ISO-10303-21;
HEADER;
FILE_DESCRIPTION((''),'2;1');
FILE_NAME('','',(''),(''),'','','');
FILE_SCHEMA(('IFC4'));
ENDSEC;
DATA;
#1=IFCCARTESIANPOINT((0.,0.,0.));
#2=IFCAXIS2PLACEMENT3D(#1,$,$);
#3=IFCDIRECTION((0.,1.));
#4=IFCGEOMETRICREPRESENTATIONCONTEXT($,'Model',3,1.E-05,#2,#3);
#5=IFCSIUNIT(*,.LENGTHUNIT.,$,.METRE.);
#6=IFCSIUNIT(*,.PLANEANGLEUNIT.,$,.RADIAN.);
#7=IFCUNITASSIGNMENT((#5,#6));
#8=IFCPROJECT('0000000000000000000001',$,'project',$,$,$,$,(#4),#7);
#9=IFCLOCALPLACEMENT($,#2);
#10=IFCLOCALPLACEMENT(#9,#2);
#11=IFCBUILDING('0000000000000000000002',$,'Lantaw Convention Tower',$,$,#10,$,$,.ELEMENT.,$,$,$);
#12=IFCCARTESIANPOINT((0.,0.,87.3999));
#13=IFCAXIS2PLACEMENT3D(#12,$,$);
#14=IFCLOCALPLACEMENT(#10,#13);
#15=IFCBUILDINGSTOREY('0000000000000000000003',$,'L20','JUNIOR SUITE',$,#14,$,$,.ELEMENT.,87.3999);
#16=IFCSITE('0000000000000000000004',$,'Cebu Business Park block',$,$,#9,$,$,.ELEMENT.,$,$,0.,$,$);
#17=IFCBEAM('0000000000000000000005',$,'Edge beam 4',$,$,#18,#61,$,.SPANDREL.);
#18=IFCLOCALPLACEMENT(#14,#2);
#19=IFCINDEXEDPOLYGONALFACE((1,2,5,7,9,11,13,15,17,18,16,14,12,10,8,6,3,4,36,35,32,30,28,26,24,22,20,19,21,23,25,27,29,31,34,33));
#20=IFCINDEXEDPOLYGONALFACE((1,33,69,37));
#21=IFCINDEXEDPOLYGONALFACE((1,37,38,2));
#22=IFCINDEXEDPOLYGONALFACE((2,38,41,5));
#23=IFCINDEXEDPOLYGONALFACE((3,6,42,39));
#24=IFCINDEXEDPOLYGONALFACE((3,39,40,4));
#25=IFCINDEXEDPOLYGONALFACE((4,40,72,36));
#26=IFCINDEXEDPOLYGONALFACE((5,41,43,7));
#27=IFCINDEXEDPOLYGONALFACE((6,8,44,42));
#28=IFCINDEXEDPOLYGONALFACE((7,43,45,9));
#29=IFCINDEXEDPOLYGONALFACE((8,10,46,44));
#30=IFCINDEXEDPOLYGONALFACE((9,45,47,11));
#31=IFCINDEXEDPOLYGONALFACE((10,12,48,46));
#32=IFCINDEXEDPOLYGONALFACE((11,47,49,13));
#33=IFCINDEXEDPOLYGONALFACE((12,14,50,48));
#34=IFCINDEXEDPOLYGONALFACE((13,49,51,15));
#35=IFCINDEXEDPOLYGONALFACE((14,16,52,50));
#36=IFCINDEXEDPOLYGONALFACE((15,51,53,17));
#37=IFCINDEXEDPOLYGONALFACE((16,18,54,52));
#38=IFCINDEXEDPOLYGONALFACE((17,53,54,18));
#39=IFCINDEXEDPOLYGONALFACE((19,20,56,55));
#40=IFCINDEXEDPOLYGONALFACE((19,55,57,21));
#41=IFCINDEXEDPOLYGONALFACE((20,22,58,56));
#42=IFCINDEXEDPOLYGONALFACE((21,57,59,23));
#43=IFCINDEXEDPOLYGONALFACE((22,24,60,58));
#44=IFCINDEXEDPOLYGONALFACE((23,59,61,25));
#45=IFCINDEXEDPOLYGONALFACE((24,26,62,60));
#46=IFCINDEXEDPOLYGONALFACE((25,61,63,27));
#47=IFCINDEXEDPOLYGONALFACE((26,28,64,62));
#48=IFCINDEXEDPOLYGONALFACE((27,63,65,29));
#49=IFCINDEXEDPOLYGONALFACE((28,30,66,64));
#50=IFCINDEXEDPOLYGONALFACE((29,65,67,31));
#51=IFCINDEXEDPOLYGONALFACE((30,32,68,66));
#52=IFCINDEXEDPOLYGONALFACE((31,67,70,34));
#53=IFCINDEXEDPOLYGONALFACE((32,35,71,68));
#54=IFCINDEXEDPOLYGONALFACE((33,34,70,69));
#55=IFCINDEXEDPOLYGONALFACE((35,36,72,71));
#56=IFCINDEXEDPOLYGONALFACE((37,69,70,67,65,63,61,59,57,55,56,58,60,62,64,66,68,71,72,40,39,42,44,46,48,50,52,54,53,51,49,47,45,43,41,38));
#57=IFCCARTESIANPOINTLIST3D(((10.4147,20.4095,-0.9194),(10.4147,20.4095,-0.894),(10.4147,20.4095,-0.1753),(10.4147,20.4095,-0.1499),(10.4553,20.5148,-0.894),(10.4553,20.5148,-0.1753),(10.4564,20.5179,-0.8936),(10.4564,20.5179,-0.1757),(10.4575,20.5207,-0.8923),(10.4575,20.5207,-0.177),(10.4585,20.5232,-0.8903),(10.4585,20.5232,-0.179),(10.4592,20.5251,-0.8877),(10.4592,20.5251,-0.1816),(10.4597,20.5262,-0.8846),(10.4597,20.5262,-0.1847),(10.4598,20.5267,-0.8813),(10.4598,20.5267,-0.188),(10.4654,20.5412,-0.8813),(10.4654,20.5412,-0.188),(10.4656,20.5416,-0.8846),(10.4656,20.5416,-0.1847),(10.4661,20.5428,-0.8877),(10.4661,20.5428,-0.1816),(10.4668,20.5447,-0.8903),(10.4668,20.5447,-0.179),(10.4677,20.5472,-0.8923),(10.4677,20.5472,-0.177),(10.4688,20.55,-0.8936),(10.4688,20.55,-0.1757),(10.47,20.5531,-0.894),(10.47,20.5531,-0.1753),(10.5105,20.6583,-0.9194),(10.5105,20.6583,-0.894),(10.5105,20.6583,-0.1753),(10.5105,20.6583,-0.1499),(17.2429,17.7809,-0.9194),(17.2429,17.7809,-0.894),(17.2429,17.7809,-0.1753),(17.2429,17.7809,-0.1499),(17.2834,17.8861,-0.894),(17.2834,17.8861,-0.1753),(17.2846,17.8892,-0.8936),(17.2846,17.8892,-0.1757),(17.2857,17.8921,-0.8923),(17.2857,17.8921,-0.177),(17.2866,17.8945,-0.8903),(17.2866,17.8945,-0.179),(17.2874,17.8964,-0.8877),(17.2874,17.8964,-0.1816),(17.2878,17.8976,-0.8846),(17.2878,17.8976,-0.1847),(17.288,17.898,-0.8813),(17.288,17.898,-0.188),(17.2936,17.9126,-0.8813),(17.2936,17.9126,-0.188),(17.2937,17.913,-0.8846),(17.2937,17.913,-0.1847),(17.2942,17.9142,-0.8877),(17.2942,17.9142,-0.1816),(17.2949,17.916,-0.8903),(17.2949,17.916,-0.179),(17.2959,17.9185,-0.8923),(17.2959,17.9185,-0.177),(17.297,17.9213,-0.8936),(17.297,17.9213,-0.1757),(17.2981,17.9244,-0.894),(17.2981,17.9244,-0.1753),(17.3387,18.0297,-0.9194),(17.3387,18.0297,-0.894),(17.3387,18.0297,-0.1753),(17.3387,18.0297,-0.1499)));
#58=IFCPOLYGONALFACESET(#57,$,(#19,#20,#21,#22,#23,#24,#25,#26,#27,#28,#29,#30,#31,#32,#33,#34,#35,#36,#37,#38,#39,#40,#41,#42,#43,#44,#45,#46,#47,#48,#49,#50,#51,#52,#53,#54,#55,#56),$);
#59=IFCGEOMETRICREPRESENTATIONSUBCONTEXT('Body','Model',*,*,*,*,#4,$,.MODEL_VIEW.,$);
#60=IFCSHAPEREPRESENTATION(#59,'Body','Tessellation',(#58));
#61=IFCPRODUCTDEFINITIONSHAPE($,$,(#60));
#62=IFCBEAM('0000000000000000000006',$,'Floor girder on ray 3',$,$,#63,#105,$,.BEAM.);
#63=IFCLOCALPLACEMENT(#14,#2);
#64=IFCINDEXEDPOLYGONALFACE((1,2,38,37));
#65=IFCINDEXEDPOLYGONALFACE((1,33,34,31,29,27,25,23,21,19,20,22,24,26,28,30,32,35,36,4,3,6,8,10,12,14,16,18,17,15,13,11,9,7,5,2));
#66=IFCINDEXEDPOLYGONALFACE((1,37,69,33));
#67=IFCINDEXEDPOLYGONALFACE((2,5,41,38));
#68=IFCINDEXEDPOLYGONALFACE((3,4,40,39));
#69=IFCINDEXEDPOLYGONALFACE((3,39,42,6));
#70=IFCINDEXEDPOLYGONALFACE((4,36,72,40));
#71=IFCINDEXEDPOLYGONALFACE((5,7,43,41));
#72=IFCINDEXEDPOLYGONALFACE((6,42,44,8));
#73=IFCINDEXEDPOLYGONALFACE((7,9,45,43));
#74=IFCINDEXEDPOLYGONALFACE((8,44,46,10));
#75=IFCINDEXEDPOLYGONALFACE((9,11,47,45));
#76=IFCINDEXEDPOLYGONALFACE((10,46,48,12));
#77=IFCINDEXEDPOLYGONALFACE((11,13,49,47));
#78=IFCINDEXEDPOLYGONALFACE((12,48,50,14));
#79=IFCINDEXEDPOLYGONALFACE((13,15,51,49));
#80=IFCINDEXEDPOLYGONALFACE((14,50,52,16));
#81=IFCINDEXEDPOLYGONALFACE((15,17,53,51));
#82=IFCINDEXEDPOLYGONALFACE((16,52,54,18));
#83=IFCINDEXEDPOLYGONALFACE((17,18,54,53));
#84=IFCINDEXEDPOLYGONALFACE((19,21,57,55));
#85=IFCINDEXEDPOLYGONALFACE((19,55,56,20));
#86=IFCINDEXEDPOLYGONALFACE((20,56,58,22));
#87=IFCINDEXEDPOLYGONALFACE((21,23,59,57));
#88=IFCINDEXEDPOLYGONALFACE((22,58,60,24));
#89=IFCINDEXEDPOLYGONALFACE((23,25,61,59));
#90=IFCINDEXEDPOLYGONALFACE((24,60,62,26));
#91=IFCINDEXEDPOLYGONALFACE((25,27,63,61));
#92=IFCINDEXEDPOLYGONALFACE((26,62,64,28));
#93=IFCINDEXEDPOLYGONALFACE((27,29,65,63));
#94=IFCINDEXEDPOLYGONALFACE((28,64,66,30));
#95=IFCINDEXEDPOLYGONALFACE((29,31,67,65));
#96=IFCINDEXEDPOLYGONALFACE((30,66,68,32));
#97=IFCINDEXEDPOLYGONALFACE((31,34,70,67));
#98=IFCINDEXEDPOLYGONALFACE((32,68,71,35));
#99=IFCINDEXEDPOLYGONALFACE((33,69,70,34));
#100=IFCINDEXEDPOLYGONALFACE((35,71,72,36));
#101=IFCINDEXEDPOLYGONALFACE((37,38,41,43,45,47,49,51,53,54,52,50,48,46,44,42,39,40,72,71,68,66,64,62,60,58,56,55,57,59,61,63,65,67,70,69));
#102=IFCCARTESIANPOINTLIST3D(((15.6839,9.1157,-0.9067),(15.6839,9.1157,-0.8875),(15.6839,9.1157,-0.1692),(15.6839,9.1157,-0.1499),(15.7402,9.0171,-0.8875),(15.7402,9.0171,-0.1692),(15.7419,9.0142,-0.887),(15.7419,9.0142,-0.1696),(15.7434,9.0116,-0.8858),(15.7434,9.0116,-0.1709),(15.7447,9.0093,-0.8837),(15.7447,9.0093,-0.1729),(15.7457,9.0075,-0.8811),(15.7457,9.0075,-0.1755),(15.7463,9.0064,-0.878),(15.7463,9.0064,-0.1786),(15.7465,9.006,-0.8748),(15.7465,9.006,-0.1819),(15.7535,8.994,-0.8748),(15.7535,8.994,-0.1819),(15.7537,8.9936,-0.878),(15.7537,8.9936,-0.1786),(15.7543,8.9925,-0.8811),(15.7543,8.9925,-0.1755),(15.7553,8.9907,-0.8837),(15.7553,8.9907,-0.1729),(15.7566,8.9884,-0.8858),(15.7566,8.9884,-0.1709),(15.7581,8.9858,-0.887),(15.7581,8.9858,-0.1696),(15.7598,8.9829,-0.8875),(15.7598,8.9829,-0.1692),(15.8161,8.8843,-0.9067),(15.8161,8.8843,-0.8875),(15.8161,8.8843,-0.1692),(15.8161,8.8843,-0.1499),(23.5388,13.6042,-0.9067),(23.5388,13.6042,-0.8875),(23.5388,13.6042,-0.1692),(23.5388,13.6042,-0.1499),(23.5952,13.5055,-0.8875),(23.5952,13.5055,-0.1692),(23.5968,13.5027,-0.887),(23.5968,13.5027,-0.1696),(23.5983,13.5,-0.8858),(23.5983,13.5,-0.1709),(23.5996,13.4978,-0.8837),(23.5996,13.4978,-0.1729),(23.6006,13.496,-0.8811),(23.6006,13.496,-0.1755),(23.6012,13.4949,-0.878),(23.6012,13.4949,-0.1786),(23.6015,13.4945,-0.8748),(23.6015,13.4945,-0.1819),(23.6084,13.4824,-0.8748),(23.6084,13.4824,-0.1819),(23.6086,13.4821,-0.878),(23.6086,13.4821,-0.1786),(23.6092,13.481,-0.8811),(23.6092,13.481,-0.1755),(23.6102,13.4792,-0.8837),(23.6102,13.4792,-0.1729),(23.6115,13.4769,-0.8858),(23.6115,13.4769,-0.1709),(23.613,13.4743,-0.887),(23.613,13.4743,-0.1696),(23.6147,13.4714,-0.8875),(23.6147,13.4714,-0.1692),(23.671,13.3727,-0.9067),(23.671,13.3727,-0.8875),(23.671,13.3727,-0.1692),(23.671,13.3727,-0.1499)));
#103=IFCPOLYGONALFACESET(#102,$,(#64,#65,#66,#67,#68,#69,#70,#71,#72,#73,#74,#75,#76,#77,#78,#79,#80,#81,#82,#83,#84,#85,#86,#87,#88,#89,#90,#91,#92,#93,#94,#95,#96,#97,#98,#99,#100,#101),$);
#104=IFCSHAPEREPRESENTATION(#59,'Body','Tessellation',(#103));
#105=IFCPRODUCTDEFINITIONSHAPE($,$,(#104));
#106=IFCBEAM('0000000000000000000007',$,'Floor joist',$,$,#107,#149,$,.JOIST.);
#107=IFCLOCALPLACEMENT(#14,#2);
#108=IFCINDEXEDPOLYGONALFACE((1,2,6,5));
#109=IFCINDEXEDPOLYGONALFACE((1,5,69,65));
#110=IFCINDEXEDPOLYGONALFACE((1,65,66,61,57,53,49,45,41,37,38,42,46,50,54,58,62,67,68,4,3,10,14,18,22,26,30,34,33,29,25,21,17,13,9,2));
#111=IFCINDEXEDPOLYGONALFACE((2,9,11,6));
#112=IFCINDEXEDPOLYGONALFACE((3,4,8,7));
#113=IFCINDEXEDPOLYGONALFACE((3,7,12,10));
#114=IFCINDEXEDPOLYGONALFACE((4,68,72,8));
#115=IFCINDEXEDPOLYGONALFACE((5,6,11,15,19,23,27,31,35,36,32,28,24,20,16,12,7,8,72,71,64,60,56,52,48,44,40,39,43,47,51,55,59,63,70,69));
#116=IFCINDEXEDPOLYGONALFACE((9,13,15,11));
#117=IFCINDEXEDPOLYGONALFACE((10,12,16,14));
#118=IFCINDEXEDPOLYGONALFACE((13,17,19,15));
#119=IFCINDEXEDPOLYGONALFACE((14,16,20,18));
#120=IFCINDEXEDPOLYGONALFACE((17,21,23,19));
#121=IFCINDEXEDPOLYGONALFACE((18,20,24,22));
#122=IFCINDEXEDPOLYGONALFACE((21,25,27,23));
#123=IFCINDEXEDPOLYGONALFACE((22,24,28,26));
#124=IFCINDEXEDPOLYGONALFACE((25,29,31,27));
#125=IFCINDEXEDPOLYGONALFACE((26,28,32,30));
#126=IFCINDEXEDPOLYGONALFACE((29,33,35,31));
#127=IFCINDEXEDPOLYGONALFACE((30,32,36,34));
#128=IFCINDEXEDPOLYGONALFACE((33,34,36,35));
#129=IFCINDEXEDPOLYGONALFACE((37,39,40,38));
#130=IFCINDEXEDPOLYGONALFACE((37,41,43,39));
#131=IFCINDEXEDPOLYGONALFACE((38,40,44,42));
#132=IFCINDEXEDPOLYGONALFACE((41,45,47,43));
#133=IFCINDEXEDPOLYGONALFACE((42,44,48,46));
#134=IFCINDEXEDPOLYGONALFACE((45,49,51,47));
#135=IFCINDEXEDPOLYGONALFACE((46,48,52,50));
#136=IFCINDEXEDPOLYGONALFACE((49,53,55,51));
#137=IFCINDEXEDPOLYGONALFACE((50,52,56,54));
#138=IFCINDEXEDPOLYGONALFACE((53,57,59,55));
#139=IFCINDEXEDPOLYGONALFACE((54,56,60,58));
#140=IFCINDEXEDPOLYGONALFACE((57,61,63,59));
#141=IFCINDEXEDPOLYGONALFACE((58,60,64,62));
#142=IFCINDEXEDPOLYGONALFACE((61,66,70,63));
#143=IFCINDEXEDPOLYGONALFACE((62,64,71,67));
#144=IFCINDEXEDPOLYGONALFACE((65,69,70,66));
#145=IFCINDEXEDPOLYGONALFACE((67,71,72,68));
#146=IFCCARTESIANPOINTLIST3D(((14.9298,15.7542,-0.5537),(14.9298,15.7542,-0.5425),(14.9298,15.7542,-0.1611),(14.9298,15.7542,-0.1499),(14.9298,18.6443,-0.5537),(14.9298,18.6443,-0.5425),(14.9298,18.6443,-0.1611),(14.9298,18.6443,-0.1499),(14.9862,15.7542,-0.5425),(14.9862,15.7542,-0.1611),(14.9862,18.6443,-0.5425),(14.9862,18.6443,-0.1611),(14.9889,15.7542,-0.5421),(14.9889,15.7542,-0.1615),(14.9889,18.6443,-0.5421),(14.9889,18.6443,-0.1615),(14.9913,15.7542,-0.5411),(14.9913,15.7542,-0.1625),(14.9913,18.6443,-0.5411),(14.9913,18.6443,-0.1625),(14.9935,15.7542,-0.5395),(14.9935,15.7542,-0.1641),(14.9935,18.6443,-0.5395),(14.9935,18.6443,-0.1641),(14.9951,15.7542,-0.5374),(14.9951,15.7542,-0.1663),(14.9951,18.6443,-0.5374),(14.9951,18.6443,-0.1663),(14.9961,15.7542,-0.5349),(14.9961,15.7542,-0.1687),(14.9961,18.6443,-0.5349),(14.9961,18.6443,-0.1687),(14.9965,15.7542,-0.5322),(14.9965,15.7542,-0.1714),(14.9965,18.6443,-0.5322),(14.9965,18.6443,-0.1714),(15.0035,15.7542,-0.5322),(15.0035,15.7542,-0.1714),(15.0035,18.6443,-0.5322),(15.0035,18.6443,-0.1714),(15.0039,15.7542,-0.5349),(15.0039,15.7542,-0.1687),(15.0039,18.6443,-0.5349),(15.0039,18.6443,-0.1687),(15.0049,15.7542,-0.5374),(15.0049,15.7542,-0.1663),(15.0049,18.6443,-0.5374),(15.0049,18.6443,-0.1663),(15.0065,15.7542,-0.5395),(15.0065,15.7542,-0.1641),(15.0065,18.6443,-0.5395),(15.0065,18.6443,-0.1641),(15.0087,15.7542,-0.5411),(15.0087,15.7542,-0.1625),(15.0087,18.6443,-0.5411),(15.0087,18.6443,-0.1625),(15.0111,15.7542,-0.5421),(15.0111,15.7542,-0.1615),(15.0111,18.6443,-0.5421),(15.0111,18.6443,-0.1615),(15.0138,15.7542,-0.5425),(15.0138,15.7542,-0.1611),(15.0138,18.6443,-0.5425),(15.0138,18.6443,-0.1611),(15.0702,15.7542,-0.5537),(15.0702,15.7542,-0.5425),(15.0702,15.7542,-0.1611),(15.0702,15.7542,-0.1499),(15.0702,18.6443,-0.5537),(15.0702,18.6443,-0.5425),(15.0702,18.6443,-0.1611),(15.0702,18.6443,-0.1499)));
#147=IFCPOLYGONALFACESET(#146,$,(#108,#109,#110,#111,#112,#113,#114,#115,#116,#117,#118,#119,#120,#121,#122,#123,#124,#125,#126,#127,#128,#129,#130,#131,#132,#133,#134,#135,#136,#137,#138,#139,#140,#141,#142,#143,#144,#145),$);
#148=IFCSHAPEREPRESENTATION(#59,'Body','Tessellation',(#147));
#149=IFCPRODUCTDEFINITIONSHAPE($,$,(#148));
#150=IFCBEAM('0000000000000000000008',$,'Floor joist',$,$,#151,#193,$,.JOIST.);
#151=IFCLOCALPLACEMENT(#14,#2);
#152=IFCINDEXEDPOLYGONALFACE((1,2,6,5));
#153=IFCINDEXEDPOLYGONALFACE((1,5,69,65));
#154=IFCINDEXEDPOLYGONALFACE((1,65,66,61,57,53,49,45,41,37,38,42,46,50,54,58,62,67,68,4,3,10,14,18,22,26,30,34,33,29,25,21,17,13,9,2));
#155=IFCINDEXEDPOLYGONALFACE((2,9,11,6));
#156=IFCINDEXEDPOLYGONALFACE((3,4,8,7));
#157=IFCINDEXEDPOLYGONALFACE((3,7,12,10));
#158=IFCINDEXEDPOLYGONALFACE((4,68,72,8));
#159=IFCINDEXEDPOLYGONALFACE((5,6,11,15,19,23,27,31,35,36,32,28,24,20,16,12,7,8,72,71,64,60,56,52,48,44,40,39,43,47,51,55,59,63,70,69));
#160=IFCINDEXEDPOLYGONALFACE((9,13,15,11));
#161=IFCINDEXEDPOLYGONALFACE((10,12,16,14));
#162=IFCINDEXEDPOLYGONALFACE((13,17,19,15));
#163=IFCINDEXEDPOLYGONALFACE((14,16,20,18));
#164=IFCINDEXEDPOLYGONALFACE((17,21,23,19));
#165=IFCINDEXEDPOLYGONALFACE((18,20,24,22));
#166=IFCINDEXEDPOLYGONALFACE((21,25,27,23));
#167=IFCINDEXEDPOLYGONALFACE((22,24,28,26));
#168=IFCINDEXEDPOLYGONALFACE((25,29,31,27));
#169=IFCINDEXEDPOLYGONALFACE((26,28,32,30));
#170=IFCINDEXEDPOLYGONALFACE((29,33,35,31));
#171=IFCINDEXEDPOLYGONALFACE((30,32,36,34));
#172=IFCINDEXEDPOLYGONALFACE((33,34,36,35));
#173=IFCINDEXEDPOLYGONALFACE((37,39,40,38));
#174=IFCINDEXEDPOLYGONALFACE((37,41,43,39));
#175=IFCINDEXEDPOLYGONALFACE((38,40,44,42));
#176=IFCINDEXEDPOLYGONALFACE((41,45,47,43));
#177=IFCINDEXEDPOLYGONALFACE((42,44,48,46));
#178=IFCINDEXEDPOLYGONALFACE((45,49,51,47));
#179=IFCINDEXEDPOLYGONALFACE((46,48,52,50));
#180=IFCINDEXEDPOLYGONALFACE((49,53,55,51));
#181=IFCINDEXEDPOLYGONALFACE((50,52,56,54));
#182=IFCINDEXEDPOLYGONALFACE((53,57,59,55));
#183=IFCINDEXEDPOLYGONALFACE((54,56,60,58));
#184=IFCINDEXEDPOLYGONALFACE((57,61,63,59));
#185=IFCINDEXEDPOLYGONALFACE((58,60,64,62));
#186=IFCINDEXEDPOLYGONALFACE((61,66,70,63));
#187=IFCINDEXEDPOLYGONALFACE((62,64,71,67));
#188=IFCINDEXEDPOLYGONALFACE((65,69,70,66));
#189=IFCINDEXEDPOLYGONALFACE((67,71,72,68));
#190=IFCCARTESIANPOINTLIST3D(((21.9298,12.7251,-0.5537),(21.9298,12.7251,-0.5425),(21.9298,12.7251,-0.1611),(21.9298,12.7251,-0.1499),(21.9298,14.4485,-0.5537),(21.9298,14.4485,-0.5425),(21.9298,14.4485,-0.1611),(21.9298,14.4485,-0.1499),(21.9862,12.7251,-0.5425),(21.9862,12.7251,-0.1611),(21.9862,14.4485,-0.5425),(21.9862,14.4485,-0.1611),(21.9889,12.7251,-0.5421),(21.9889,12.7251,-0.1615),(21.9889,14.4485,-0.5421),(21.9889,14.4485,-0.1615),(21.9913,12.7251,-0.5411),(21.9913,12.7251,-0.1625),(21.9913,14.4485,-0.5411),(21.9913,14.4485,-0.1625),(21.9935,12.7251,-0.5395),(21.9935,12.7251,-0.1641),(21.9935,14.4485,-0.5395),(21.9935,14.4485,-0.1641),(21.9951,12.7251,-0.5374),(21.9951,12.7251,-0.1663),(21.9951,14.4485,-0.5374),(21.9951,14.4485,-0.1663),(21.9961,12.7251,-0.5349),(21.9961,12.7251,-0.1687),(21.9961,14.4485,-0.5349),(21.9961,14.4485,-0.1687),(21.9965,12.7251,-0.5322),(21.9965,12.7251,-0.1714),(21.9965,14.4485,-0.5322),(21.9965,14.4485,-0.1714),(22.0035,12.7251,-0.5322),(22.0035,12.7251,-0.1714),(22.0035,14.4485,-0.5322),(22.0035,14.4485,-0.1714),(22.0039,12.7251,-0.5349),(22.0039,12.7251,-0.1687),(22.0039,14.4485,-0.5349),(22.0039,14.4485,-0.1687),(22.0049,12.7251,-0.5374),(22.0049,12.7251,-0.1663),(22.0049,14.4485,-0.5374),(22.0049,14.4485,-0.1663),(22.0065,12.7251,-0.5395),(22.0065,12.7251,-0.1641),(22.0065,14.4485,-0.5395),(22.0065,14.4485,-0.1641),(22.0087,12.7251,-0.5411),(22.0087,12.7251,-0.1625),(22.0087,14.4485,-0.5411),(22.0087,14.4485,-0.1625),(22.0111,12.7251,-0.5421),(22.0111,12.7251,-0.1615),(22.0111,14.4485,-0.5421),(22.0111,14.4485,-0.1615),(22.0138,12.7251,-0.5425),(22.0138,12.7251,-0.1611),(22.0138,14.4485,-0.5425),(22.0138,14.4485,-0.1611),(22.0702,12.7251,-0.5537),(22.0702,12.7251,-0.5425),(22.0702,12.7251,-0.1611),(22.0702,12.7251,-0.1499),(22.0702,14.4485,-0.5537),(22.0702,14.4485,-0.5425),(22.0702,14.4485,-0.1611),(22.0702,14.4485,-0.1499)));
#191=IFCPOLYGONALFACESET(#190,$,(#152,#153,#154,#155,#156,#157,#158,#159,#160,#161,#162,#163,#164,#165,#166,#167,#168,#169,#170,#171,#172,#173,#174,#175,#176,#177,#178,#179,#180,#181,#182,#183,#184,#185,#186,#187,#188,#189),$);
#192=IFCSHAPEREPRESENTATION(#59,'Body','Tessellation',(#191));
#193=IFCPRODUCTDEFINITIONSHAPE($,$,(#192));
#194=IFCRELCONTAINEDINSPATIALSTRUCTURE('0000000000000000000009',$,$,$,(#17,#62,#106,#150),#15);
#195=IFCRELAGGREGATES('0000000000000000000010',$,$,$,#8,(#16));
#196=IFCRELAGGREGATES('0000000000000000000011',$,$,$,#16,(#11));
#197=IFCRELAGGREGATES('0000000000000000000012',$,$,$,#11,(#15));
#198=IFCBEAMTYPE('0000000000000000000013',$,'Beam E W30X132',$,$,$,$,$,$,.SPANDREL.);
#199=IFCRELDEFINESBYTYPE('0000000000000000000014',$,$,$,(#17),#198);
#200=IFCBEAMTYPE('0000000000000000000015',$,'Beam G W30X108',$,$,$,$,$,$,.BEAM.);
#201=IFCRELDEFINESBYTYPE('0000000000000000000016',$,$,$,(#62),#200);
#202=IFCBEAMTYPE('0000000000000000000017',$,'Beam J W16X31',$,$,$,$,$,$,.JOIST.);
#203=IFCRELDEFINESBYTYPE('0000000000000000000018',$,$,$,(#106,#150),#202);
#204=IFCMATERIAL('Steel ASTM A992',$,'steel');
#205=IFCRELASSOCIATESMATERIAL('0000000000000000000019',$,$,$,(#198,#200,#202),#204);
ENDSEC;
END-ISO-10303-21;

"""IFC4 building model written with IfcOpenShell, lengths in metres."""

from ifc_helpers import new_model, si_unit, direction, frame, origin, origin_2d, place, context, subcontext, project, spatial, i_section, extrude, material, material_profile, profile_set, type_object, element, save


model = new_model("IFC4")

# Units and contexts
model_context = context("Model", 3, precision=1e-05, world=origin(), true_north=direction((0.0, 1.0)))
body_context = subcontext(model_context, "Body", "Model", "MODEL_VIEW")
ifc_project = project(units=[si_unit("LENGTHUNIT", "METRE"), si_unit("PLANEANGLEUNIT", "RADIAN")], contexts=[model_context])

# Site, building, storey
site_placement = place(None, origin())
site = spatial("IfcSite", under=ifc_project, at=site_placement, Name="Cebu Business Park block", CompositionType="ELEMENT", RefElevation=0.0)
building_placement = place(site_placement, origin())
building = spatial("IfcBuilding", under=site, at=building_placement, Name="Lantaw Convention Tower", CompositionType="ELEMENT")
storey_placement = place(building_placement, frame((0.0, 0.0, 87.3999)))
storey = spatial("IfcBuildingStorey", under=building, at=storey_placement, Name="L20", Description="JUNIOR SUITE", CompositionType="ELEMENT", Elevation=87.3999)

# Beams
ifc_material_1 = material(Name="Steel ASTM A992", Category="steel")
ifc_material_profile_1 = material_profile(ifc_material_1, i_section(OverallWidth=0.2666, OverallDepth=0.7695, WebThickness=0.0156, FlangeThickness=0.0254, FilletRadius=0.0127, at=origin_2d()), Name="W30X132")
ifc_profile_set_1 = profile_set([ifc_material_profile_1], Name="Steel ASTM A992")
beam_type_1 = type_object("IfcBeamType", Name="Beam E W30X132", PredefinedType="SPANDREL", material=ifc_profile_set_1)
beam_1_placement = place(storey_placement, frame((17.2908, 17.9053, -0.5347), z_axis=(-0.933233, 0.359272, 0.0), x_axis=(-0.359272, -0.933233, 0.0)))
element("IfcBeam", 1, at=beam_1_placement, inside=storey, type_object=beam_type_1, Name="Edge beam 4", PredefinedType="SPANDREL", context=body_context, shape_type="SweptSolid", body=[
    extrude(i_section(OverallWidth=0.2666, OverallDepth=0.7695, WebThickness=0.0156, FlangeThickness=0.0254, FilletRadius=0.0127, at=origin_2d()), origin(), (0.0, 0.0, 1.0), 7.3167),
])
ifc_material_profile_2 = material_profile(ifc_material_1, i_section(OverallWidth=0.2666, OverallDepth=0.7568, WebThickness=0.0139, FlangeThickness=0.0193, FilletRadius=0.0127, at=origin_2d()), Name="W30X108")
ifc_profile_set_2 = profile_set([ifc_material_profile_2], Name="Steel ASTM A992")
beam_type_2 = type_object("IfcBeamType", Name="Beam G W30X108", PredefinedType="BEAM", material=ifc_profile_set_2)
beam_2_placement = place(storey_placement, frame((15.75, 9.0, -0.5283), z_axis=(0.868245, 0.496136, 0.0), x_axis=(-0.496136, 0.868245, 0.0)))
element("IfcBeam", 2, at=beam_2_placement, inside=storey, type_object=beam_type_2, Name="Floor girder on ray 3", PredefinedType="BEAM", context=body_context, shape_type="SweptSolid", body=[
    extrude(i_section(OverallWidth=0.2666, OverallDepth=0.7568, WebThickness=0.0139, FlangeThickness=0.0193, FilletRadius=0.0127, at=origin_2d()), origin(), (0.0, 0.0, 1.0), 9.0469),
])
ifc_material_profile_3 = material_profile(ifc_material_1, i_section(OverallWidth=0.1404, OverallDepth=0.4038, WebThickness=0.0071, FlangeThickness=0.0112, FilletRadius=0.0103, at=origin_2d()), Name="W16X31")
ifc_profile_set_3 = profile_set([ifc_material_profile_3], Name="Steel ASTM A992")
beam_type_3 = type_object("IfcBeamType", Name="Beam J W16X31", PredefinedType="JOIST", material=ifc_profile_set_3)
beam_3_placement = place(storey_placement, frame((15.0, 15.7542, -0.3518), z_axis=(0.0, 1.0, 0.0), x_axis=(-1.0, 0.0, 0.0)))
element("IfcBeam", 3, at=beam_3_placement, inside=storey, type_object=beam_type_3, Name="Floor joist", PredefinedType="JOIST", context=body_context, shape_type="SweptSolid", body=[
    extrude(i_section(OverallWidth=0.1404, OverallDepth=0.4038, WebThickness=0.0071, FlangeThickness=0.0112, FilletRadius=0.0103, at=origin_2d()), origin(), (0.0, 0.0, 1.0), 2.8901),
])
beam_4_placement = place(storey_placement, frame((22.0, 12.7251, -0.3518), z_axis=(0.0, 1.0, 0.0), x_axis=(-1.0, 0.0, 0.0)))
element("IfcBeam", 4, at=beam_4_placement, inside=storey, type_object=beam_type_3, Name="Floor joist", PredefinedType="JOIST", context=body_context, shape_type="SweptSolid", body=[
    extrude(i_section(OverallWidth=0.1404, OverallDepth=0.4038, WebThickness=0.0071, FlangeThickness=0.0112, FilletRadius=0.0103, at=origin_2d()), origin(), (0.0, 0.0, 1.0), 1.7234),
])

save(model, "model.ifc")
